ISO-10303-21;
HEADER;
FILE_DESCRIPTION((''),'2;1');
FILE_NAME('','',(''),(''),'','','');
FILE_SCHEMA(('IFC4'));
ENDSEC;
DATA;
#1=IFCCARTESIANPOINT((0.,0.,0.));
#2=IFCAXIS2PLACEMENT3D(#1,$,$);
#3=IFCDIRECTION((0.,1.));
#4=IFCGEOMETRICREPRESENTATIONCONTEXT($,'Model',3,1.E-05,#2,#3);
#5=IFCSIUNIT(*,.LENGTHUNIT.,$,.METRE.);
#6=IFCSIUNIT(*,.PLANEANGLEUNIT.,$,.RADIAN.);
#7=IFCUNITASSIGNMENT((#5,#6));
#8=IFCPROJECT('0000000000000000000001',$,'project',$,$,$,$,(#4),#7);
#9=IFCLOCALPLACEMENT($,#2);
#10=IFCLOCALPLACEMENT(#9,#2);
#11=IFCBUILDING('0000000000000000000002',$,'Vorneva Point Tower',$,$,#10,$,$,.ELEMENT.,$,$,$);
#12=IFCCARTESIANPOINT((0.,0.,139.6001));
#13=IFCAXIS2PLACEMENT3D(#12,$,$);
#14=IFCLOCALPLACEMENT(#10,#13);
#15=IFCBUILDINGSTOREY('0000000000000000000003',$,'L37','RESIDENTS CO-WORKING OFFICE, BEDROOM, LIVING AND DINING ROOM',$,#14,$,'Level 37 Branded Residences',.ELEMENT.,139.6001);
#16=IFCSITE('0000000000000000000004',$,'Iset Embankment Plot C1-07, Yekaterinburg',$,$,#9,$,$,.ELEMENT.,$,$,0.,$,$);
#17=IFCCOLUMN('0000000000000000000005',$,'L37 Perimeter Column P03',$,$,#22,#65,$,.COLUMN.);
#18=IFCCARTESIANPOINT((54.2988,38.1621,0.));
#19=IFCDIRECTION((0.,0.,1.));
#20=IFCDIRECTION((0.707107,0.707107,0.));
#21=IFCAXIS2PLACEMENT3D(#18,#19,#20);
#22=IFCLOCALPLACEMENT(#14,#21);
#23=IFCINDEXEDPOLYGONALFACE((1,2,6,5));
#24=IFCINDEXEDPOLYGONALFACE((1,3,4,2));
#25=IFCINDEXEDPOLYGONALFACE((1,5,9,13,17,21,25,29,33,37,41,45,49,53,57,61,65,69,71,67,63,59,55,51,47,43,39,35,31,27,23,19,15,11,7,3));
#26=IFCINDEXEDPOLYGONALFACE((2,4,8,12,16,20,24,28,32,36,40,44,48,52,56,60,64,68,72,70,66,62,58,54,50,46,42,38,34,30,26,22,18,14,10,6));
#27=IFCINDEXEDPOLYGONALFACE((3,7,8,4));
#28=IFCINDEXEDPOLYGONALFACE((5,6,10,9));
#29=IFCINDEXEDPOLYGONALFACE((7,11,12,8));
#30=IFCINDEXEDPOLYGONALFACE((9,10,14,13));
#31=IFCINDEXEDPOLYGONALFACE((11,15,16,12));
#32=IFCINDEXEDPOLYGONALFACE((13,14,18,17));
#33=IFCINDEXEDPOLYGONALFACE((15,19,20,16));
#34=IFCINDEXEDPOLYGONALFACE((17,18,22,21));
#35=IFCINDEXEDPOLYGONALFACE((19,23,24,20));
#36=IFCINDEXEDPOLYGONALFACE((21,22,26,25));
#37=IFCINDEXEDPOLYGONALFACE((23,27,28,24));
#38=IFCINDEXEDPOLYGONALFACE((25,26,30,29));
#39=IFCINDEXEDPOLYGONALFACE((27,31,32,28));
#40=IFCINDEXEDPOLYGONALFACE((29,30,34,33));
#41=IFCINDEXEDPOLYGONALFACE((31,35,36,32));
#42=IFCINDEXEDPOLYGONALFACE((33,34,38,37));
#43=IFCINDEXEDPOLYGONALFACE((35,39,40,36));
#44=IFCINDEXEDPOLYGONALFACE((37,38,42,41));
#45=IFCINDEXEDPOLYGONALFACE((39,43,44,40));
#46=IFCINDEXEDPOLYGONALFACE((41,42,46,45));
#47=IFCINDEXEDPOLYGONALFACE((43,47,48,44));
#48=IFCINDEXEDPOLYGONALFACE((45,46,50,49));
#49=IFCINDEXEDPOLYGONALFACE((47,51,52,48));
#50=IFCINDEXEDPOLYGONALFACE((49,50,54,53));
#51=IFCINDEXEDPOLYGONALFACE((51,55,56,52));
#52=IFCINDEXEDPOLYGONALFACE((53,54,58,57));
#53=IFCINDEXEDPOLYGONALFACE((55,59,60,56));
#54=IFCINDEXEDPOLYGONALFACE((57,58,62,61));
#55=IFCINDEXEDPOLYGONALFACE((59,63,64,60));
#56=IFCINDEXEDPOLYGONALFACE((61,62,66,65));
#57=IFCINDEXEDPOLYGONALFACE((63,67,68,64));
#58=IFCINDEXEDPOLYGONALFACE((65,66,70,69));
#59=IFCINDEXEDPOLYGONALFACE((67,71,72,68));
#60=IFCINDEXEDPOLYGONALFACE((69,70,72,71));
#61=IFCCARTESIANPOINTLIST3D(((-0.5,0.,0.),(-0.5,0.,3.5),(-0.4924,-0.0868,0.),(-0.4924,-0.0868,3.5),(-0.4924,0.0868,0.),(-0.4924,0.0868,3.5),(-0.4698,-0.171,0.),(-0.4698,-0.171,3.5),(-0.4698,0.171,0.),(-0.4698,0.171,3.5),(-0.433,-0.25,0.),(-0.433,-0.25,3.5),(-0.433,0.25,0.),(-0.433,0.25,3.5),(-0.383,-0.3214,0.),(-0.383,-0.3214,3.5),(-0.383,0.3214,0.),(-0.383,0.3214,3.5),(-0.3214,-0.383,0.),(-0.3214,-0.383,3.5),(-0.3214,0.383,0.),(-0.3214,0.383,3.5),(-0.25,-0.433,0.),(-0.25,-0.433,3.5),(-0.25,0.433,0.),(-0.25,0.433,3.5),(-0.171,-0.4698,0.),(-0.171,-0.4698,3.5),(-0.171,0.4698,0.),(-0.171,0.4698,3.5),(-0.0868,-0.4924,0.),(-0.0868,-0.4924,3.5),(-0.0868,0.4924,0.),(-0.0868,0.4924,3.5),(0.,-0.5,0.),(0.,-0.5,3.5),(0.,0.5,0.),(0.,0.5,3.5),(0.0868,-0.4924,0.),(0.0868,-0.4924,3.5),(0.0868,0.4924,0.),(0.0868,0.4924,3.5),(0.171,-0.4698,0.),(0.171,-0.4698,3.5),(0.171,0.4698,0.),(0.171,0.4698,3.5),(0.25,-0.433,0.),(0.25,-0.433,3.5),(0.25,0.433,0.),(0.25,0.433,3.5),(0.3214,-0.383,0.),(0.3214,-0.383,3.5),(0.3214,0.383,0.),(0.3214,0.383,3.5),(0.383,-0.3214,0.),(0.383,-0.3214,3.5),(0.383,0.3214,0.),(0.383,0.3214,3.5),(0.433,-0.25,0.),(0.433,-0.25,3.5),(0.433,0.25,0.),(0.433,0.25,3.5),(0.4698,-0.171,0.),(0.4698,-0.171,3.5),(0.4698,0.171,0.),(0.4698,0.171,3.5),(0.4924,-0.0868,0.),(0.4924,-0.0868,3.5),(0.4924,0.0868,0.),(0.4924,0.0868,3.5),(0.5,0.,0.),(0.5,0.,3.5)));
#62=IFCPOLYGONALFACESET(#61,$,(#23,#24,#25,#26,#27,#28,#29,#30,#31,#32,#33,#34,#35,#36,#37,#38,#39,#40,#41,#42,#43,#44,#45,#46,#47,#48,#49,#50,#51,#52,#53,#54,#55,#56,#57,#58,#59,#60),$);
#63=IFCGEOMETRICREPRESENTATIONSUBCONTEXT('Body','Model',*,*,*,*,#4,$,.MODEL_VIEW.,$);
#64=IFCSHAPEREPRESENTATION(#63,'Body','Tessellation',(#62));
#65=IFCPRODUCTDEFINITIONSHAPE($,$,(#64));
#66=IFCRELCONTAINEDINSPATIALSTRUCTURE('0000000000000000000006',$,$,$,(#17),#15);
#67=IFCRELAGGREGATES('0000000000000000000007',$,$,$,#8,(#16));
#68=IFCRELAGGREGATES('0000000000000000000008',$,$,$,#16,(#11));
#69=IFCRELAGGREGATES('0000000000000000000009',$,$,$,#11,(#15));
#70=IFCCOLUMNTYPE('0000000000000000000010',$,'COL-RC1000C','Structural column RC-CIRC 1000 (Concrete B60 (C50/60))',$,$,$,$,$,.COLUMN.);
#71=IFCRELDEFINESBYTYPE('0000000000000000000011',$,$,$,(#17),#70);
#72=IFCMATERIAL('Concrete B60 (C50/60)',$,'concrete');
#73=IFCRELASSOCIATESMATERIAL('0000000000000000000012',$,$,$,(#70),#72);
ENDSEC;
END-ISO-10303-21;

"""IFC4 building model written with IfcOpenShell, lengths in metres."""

from ifc_helpers import new_model, si_unit, direction, frame, origin, origin_2d, place, context, subcontext, project, spatial, circle, extrude, material, material_profile, profile_set, type_object, element, save


model = new_model("IFC4")

# Units and contexts
model_context = context("Model", 3, precision=1e-05, world=origin(), true_north=direction((0.0, 1.0)))
body_context = subcontext(model_context, "Body", "Model", "MODEL_VIEW")
ifc_project = project(units=[si_unit("LENGTHUNIT", "METRE"), si_unit("PLANEANGLEUNIT", "RADIAN")], contexts=[model_context])

# Site, building, storey
site_placement = place(None, origin())
site = spatial("IfcSite", under=ifc_project, at=site_placement, Name="Iset Embankment Plot C1-07, Yekaterinburg", CompositionType="ELEMENT", RefElevation=0.0)
building_placement = place(site_placement, origin())
building = spatial("IfcBuilding", under=site, at=building_placement, Name="Vorneva Point Tower", CompositionType="ELEMENT")
storey_placement = place(building_placement, frame((0.0, 0.0, 139.6001)))
storey = spatial("IfcBuildingStorey", under=building, at=storey_placement, Name="L37", Description="RESIDENTS CO-WORKING OFFICE, BEDROOM, LIVING AND DINING ROOM", LongName="Level 37 Branded Residences", CompositionType="ELEMENT", Elevation=139.6001)

# Column
ifc_material_1 = material(Name="Concrete B60 (C50/60)", Category="concrete")
ifc_material_profile_1 = material_profile(ifc_material_1, circle(Radius=0.5, at=origin_2d()), Name="RC-CIRC 1000")
ifc_profile_set_1 = profile_set([ifc_material_profile_1], Name="Concrete B60 (C50/60)")
column_type = type_object("IfcColumnType", Name="COL-RC1000C", Description="Structural column RC-CIRC 1000 (Concrete B60 (C50/60))", PredefinedType="COLUMN", material=ifc_profile_set_1)
column_placement = place(storey_placement, frame((54.2988, 38.1621, 0.0), z_axis=(0.0, 0.0, 1.0), x_axis=(0.707107, 0.707107, 0.0)))
element("IfcColumn", 1, at=column_placement, inside=storey, type_object=column_type, Name="L37 Perimeter Column P03", PredefinedType="COLUMN", context=body_context, shape_type="SweptSolid", body=[
    extrude(circle(Radius=0.5, at=origin_2d()), origin(), (0.0, 0.0, 1.0), 3.5),
])

save(model, "model.ifc")
